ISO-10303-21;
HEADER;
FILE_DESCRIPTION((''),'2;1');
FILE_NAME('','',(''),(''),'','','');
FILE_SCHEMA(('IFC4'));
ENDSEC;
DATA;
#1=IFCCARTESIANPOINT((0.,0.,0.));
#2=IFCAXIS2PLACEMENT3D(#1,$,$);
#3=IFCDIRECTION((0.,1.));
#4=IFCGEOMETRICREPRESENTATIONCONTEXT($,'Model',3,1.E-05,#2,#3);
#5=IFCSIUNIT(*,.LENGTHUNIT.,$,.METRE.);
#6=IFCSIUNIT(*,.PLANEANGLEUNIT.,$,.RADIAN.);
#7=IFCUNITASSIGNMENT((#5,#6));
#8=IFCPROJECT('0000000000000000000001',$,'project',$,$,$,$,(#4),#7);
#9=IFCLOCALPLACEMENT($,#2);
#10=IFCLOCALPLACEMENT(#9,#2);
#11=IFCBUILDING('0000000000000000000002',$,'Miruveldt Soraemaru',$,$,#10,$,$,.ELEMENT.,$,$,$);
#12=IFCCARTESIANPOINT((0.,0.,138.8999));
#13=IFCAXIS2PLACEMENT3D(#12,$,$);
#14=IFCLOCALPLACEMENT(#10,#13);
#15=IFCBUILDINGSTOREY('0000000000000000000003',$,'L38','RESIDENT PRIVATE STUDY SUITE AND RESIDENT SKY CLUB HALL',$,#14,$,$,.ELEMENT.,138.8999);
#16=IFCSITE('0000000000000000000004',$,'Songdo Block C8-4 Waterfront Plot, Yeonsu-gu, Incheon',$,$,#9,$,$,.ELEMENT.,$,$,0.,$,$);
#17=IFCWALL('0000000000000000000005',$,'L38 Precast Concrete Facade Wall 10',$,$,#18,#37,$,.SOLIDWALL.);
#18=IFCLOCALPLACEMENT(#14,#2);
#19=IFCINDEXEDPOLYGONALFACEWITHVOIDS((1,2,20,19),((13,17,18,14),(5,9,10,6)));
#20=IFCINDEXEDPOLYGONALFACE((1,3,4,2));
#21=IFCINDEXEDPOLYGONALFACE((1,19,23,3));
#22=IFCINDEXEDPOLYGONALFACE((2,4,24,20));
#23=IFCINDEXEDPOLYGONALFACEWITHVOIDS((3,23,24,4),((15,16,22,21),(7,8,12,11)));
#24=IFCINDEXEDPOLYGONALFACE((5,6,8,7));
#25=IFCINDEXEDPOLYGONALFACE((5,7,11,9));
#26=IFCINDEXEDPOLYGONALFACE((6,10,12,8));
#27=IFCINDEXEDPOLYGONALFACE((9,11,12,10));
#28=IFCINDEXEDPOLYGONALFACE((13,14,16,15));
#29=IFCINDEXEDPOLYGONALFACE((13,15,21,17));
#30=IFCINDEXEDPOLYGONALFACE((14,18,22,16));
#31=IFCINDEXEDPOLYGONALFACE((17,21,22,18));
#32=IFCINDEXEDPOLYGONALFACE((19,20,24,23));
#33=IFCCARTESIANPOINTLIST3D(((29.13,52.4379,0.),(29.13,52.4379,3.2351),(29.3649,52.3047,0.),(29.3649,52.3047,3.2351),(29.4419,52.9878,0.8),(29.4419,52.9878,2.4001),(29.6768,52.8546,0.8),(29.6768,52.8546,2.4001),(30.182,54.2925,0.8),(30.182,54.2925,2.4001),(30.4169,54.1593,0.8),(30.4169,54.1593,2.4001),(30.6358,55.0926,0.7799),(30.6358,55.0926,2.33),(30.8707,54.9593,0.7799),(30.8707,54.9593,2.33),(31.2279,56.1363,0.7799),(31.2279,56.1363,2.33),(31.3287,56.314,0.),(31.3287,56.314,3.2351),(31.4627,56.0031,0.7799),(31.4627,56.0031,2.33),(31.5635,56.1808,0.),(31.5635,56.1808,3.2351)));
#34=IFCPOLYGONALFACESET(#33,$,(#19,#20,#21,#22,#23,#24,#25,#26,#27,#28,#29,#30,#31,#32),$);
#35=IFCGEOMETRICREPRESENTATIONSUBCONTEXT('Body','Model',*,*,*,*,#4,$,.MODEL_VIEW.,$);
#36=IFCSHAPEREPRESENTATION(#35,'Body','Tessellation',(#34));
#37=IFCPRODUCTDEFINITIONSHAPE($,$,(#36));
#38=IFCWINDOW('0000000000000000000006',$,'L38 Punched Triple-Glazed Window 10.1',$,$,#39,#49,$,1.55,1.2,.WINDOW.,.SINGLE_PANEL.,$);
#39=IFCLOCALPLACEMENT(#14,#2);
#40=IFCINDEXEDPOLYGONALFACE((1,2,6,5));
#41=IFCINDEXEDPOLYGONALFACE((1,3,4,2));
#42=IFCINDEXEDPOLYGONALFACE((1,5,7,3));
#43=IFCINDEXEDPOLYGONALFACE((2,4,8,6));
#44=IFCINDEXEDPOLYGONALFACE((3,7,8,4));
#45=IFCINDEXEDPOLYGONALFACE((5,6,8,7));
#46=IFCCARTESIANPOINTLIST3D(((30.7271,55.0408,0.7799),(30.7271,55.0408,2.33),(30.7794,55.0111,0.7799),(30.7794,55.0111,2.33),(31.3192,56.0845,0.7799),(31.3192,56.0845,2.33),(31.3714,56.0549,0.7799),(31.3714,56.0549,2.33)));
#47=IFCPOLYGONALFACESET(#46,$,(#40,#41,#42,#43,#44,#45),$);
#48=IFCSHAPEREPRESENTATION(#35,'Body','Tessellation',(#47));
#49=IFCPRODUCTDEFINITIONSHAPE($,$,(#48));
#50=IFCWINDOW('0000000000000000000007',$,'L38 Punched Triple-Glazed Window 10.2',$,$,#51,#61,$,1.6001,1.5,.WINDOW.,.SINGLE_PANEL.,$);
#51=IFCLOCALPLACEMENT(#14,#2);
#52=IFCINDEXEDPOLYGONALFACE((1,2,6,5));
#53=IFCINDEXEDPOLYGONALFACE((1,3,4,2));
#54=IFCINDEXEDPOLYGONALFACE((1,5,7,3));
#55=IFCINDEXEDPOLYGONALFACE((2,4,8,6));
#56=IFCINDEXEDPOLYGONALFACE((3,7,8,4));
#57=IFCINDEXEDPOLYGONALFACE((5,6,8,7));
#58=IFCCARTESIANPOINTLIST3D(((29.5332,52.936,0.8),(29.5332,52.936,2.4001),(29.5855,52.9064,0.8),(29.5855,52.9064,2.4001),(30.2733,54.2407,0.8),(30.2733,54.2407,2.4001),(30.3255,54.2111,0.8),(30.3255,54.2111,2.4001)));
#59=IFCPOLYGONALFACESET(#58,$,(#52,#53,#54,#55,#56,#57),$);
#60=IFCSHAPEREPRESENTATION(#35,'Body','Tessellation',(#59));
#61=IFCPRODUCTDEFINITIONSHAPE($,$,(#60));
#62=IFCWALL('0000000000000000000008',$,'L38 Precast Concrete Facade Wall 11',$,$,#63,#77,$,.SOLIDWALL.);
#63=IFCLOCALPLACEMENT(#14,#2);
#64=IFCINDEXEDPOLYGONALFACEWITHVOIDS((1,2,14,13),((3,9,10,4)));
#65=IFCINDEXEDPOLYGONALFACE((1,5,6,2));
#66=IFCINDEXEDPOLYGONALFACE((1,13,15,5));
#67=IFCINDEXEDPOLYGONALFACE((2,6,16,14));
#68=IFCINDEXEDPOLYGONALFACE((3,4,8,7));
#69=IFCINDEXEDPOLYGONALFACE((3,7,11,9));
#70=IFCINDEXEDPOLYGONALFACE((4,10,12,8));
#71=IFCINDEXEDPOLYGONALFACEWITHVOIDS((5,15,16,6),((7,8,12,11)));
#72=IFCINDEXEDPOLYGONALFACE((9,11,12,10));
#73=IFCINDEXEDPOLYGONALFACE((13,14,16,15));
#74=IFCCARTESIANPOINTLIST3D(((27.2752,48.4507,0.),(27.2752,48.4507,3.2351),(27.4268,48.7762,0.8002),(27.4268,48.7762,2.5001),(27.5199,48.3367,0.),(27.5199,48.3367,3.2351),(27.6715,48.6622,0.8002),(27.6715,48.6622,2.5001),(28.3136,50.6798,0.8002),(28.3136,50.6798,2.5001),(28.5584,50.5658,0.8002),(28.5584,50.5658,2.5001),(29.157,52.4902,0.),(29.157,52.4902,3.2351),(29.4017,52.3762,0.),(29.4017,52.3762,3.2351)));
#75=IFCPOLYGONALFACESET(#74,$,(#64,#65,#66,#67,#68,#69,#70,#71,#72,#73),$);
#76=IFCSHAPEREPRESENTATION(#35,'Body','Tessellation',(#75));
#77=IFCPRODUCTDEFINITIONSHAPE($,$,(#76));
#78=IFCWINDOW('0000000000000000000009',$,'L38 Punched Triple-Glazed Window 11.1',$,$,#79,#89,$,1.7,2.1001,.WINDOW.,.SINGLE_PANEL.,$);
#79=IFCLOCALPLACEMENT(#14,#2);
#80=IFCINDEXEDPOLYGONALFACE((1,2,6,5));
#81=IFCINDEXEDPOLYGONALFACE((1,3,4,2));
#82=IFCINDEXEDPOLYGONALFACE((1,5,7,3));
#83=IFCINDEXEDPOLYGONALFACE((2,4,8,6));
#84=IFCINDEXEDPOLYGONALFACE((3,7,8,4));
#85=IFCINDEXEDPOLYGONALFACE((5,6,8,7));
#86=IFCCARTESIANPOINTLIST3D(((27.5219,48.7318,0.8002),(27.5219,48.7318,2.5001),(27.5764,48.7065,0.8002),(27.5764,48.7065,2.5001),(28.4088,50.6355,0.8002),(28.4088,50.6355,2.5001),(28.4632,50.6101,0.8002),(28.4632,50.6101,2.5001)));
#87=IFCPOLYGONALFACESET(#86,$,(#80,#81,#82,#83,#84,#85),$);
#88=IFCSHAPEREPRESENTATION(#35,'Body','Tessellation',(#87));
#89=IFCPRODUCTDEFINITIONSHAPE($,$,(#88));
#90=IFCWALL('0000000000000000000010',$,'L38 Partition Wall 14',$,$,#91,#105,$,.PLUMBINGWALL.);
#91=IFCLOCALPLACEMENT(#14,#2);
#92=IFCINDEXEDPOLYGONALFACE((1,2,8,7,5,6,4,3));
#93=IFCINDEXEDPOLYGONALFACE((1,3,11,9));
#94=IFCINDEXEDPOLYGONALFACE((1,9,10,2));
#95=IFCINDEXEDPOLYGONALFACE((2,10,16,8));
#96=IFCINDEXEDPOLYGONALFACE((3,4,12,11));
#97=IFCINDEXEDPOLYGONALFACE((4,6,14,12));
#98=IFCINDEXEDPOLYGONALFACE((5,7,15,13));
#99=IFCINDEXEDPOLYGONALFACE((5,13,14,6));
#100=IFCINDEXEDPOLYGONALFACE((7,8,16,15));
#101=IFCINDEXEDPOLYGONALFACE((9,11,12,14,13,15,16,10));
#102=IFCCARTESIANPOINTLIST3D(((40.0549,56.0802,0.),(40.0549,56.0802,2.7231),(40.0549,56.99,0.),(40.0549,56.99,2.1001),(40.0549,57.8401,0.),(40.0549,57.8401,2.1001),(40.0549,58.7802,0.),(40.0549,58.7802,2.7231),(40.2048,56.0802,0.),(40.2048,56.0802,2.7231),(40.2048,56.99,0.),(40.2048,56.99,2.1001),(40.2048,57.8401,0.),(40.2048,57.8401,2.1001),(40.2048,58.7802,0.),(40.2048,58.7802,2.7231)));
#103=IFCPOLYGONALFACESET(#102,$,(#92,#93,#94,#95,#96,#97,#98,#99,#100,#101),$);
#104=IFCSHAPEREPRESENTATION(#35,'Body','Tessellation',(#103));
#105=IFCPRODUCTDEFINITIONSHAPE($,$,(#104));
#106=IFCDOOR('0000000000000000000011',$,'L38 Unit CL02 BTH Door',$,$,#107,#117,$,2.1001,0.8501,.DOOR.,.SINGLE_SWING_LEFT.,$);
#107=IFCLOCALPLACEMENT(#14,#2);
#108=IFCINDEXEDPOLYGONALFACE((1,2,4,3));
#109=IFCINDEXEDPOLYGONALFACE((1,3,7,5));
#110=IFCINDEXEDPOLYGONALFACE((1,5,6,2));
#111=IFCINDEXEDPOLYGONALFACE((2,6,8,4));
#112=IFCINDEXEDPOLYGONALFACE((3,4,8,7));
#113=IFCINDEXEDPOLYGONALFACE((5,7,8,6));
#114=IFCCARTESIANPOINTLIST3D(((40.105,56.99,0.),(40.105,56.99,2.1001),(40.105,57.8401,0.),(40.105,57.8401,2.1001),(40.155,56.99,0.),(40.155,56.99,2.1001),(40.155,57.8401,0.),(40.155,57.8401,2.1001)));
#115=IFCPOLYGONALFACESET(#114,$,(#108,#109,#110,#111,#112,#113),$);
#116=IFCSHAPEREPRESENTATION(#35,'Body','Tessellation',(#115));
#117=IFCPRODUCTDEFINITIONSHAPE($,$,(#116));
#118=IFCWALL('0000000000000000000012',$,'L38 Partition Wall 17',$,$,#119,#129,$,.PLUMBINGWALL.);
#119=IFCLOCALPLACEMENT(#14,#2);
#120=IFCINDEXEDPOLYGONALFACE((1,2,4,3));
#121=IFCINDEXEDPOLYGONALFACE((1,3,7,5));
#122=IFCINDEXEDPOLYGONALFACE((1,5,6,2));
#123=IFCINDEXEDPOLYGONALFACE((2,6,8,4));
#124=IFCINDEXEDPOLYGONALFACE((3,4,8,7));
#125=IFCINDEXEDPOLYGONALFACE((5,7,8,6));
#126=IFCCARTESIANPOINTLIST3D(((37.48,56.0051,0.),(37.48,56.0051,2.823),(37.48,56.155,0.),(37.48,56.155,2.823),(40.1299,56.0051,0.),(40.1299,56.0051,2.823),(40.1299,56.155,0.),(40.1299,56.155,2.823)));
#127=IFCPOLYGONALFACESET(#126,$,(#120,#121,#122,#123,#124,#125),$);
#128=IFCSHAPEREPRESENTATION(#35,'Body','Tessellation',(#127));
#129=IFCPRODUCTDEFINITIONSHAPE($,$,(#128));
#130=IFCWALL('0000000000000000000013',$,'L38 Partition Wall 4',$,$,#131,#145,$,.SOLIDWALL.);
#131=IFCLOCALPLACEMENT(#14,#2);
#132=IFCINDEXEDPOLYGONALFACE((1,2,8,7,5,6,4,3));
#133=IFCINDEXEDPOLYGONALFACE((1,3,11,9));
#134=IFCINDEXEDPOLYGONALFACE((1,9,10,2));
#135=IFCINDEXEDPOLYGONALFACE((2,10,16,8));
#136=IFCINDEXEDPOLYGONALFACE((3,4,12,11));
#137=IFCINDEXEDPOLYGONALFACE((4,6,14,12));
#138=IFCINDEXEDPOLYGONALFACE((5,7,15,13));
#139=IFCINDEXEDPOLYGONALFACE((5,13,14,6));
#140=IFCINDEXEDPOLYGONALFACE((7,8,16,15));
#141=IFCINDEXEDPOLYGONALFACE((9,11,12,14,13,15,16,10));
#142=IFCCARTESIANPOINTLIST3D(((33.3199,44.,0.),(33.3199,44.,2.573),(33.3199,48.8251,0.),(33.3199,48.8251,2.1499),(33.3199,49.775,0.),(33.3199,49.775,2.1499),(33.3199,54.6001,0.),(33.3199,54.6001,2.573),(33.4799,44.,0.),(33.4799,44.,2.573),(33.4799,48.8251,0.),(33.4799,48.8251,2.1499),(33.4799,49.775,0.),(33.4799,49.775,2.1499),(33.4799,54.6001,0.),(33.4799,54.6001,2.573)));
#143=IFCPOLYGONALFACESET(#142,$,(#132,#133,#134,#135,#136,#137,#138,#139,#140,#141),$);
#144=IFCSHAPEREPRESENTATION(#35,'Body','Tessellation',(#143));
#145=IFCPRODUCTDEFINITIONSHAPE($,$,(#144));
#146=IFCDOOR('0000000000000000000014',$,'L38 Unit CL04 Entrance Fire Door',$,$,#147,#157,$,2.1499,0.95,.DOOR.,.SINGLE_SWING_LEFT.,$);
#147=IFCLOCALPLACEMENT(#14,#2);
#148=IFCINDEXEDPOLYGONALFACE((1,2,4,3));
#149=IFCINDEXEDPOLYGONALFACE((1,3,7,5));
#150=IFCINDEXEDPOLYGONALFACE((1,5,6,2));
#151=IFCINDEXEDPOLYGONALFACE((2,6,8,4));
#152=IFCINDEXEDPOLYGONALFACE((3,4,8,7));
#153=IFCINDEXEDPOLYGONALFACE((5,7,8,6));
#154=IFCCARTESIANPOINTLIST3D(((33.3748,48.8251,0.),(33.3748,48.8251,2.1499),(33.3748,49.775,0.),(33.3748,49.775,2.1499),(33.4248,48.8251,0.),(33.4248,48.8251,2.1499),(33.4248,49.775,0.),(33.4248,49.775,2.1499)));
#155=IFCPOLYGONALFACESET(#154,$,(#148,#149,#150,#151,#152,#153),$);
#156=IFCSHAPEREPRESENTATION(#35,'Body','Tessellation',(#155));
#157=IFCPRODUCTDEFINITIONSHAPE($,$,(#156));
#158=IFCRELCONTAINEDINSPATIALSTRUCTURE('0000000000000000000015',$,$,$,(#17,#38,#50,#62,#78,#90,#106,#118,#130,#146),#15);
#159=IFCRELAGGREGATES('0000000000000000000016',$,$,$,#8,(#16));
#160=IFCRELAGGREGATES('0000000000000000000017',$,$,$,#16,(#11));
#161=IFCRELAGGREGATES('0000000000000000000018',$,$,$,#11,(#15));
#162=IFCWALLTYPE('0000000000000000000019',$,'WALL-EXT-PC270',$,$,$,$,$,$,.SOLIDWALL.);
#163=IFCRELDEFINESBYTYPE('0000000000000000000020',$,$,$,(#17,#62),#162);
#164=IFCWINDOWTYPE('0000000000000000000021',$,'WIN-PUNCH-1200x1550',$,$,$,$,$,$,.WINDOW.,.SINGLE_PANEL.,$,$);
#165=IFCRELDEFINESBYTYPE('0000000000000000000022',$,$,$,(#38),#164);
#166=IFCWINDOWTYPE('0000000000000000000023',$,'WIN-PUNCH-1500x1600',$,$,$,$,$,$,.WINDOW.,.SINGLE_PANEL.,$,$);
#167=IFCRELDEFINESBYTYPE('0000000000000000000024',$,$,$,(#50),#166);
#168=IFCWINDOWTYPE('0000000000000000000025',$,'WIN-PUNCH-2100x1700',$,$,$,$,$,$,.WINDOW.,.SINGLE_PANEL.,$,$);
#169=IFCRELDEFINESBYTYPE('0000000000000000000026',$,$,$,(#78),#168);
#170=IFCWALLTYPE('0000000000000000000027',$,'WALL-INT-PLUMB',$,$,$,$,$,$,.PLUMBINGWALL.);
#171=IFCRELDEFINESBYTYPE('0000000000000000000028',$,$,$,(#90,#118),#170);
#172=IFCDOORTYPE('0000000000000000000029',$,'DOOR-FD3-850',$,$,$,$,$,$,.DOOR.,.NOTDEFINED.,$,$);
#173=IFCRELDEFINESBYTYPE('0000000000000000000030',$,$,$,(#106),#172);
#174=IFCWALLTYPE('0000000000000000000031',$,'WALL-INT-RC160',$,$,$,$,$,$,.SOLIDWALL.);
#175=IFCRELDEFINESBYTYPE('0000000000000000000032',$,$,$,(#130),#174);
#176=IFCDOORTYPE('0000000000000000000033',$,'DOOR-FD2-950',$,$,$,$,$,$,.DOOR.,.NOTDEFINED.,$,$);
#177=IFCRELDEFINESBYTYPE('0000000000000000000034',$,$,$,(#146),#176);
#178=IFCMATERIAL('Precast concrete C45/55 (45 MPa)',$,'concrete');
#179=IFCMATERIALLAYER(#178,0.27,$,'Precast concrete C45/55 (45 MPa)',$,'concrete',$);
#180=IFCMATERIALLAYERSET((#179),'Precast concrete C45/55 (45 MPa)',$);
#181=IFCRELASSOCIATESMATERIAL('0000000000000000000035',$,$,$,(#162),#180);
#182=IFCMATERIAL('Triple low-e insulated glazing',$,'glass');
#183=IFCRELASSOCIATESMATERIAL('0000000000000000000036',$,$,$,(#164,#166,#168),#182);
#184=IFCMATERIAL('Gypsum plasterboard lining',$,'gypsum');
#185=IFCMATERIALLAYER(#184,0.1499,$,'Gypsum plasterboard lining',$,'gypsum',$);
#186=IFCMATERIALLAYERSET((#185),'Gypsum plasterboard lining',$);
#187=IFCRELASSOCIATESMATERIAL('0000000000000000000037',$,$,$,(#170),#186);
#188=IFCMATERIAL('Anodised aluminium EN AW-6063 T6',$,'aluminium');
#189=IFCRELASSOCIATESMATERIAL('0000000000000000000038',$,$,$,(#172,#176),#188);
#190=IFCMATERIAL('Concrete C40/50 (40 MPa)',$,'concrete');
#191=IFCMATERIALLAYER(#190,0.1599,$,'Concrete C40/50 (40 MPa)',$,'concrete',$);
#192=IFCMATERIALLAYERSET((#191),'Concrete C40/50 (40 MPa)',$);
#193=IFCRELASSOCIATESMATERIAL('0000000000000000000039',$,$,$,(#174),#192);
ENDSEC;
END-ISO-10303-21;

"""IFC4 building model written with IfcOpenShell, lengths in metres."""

from ifc_helpers import new_model, si_unit, direction, frame, frame_2d, origin, place, context, subcontext, project, spatial, rectangle, extrude, material, layer, layer_set, type_object, element, fill, save


model = new_model("IFC4")

# Units and contexts
model_context = context("Model", 3, precision=1e-05, world=origin(), true_north=direction((0.0, 1.0)))
body_context = subcontext(model_context, "Body", "Model", "MODEL_VIEW")
ifc_project = project(units=[si_unit("LENGTHUNIT", "METRE"), si_unit("PLANEANGLEUNIT", "RADIAN")], contexts=[model_context])

# Site, building, storey
site_placement = place(None, origin())
site = spatial("IfcSite", under=ifc_project, at=site_placement, Name="Songdo Block C8-4 Waterfront Plot, Yeonsu-gu, Incheon", CompositionType="ELEMENT", RefElevation=0.0)
building_placement = place(site_placement, origin())
building = spatial("IfcBuilding", under=site, at=building_placement, Name="Miruveldt Soraemaru", CompositionType="ELEMENT")
storey_placement = place(building_placement, frame((0.0, 0.0, 138.8999)))
storey = spatial("IfcBuildingStorey", under=building, at=storey_placement, Name="L38", Description="RESIDENT PRIVATE STUDY SUITE AND RESIDENT SKY CLUB HALL", CompositionType="ELEMENT", Elevation=138.8999)

# Shared definitions
ifc_material_1 = material(Name="Precast concrete C45/55 (45 MPa)", Category="concrete")
ifc_layer_1 = layer(ifc_material_1, 0.27, Name="Precast concrete C45/55 (45 MPa)", Category="concrete")
ifc_layer_set_1 = layer_set([ifc_layer_1], Name="Precast concrete C45/55 (45 MPa)")
wall_type_1 = type_object("IfcWallType", Name="WALL-EXT-PC270", PredefinedType="SOLIDWALL", material=ifc_layer_set_1)

# Wall, openings, windows
wall_1_placement = place(storey_placement, frame((31.446, 56.2473, 0.0), z_axis=(0.0, 0.0, 1.0), x_axis=(-0.493387, -0.86981, 0.0)))
wall_1 = element("IfcWall", 1, at=wall_1_placement, inside=storey, type_object=wall_type_1, Name="L38 Precast Concrete Facade Wall 10", PredefinedType="SOLIDWALL", context=body_context, shape_type="SweptSolid", body=[
    extrude(rectangle(XDim=4.4563, YDim=0.27, at=frame_2d((2.228, 0.0))), origin(), (0.0, 0.0, 1.0), 3.2351),
])
opening_1_placement = place(wall_1_placement, frame((0.2041, 0.0, 0.78)))
opening_1 = element("IfcOpeningElement", 2, at=opening_1_placement, cuts=wall_1, PredefinedType="OPENING", context=body_context, shape_type="SweptSolid", body=[
    extrude(rectangle(XDim=1.2, YDim=1.55, at=frame_2d((0.6001, 0.7749))), frame((0.0, 0.145, 0.0), z_axis=(0.0, -1.0, 0.0), x_axis=(1.0, 0.0, 0.0)), (0.0, 0.0, 1.0), 0.29),
])
opening_2_placement = place(wall_1_placement, frame((2.324, 0.0, 0.8)))
opening_2 = element("IfcOpeningElement", 3, at=opening_2_placement, cuts=wall_1, PredefinedType="OPENING", context=body_context, shape_type="SweptSolid", body=[
    extrude(rectangle(XDim=1.5, YDim=1.6001, at=frame_2d((0.75, 0.8))), frame((0.0, 0.145, 0.0), z_axis=(0.0, -1.0, 0.0), x_axis=(1.0, 0.0, 0.0)), (0.0, 0.0, 1.0), 0.29),
])
ifc_material_2 = material(Name="Triple low-e insulated glazing", Category="glass")
window_type_1 = type_object("IfcWindowType", Name="WIN-PUNCH-1200x1550", PartitioningType="SINGLE_PANEL", PredefinedType="WINDOW", material=ifc_material_2)
window_1_placement = place(opening_1_placement, origin())
window_1 = element("IfcWindow", 4, at=window_1_placement, inside=storey, type_object=window_type_1, Name="L38 Punched Triple-Glazed Window 10.1", OverallHeight=1.55, OverallWidth=1.2, PartitioningType="SINGLE_PANEL", PredefinedType="WINDOW", context=body_context, shape_type="SweptSolid", body=[
    extrude(rectangle(XDim=1.2, YDim=1.55, at=frame_2d((0.6001, 0.7749))), frame((0.0, 0.03, 0.0), z_axis=(0.0, -1.0, 0.0), x_axis=(1.0, 0.0, 0.0)), (0.0, 0.0, 1.0), 0.0601),
])
fill(opening_1, window_1)
window_type_2 = type_object("IfcWindowType", Name="WIN-PUNCH-1500x1600", PartitioningType="SINGLE_PANEL", PredefinedType="WINDOW", material=ifc_material_2)
window_2_placement = place(opening_2_placement, origin())
window_2 = element("IfcWindow", 5, at=window_2_placement, inside=storey, type_object=window_type_2, Name="L38 Punched Triple-Glazed Window 10.2", OverallHeight=1.6001, OverallWidth=1.5, PartitioningType="SINGLE_PANEL", PredefinedType="WINDOW", context=body_context, shape_type="SweptSolid", body=[
    extrude(rectangle(XDim=1.5, YDim=1.6001, at=frame_2d((0.75, 0.8))), frame((0.0, 0.03, 0.0), z_axis=(0.0, -1.0, 0.0), x_axis=(1.0, 0.0, 0.0)), (0.0, 0.0, 1.0), 0.0601),
])
fill(opening_2, window_2)

# Wall, opening, window
wall_2_placement = place(storey_placement, frame((29.2793, 52.4331, 0.0), z_axis=(0.0, 0.0, 1.0), x_axis=(-0.42228, -0.906466, 0.0)))
wall_2 = element("IfcWall", 6, at=wall_2_placement, inside=storey, type_object=wall_type_1, Name="L38 Precast Concrete Facade Wall 11", PredefinedType="SOLIDWALL", context=body_context, shape_type="SweptSolid", body=[
    extrude(rectangle(XDim=4.4563, YDim=0.27, at=frame_2d((2.228, 0.0))), origin(), (0.0, 0.0, 1.0), 3.2351),
])
opening_3_placement = place(wall_2_placement, frame((1.9971, 0.0, 0.8)))
opening_3 = element("IfcOpeningElement", 7, at=opening_3_placement, cuts=wall_2, PredefinedType="OPENING", context=body_context, shape_type="SweptSolid", body=[
    extrude(rectangle(XDim=2.1001, YDim=1.7, at=frame_2d((1.05, 0.8501))), frame((0.0, 0.145, 0.0), z_axis=(0.0, -1.0, 0.0), x_axis=(1.0, 0.0, 0.0)), (0.0, 0.0, 1.0), 0.29),
])
window_type_3 = type_object("IfcWindowType", Name="WIN-PUNCH-2100x1700", PartitioningType="SINGLE_PANEL", PredefinedType="WINDOW", material=ifc_material_2)
window_3_placement = place(opening_3_placement, origin())
window_3 = element("IfcWindow", 8, at=window_3_placement, inside=storey, type_object=window_type_3, Name="L38 Punched Triple-Glazed Window 11.1", OverallHeight=1.7, OverallWidth=2.1001, PartitioningType="SINGLE_PANEL", PredefinedType="WINDOW", context=body_context, shape_type="SweptSolid", body=[
    extrude(rectangle(XDim=2.1001, YDim=1.7, at=frame_2d((1.05, 0.8501))), frame((0.0, 0.03, 0.0), z_axis=(0.0, -1.0, 0.0), x_axis=(1.0, 0.0, 0.0)), (0.0, 0.0, 1.0), 0.0601),
])
fill(opening_3, window_3)

# Wall, opening, door
ifc_material_3 = material(Name="Gypsum plasterboard lining", Category="gypsum")
ifc_layer_2 = layer(ifc_material_3, 0.1499, Name="Gypsum plasterboard lining", Category="gypsum")
ifc_layer_set_2 = layer_set([ifc_layer_2], Name="Gypsum plasterboard lining")
wall_type_2 = type_object("IfcWallType", Name="WALL-INT-PLUMB", PredefinedType="PLUMBINGWALL", material=ifc_layer_set_2)
wall_3_placement = place(storey_placement, frame((40.1299, 56.0801, 0.0), z_axis=(0.0, 0.0, 1.0), x_axis=(0.0, 1.0, 0.0)))
wall_3 = element("IfcWall", 9, at=wall_3_placement, inside=storey, type_object=wall_type_2, Name="L38 Partition Wall 14", PredefinedType="PLUMBINGWALL", context=body_context, shape_type="SweptSolid", body=[
    extrude(rectangle(XDim=2.7, YDim=0.1499, at=frame_2d((1.3501, 0.0))), origin(), (0.0, 0.0, 1.0), 2.7231),
])
opening_4_placement = place(wall_3_placement, frame((0.9099, 0.0, 0.0)))
opening_4 = element("IfcOpeningElement", 10, at=opening_4_placement, cuts=wall_3, PredefinedType="OPENING", context=body_context, shape_type="SweptSolid", body=[
    extrude(rectangle(XDim=0.8501, YDim=2.1001, at=frame_2d((0.425, 1.05))), frame((0.0, 0.085, 0.0), z_axis=(0.0, -1.0, 0.0), x_axis=(1.0, 0.0, 0.0)), (0.0, 0.0, 1.0), 0.1699),
])
ifc_material_4 = material(Name="Anodised aluminium EN AW-6063 T6", Category="aluminium")
door_type_1 = type_object("IfcDoorType", Name="DOOR-FD3-850", OperationType="NOTDEFINED", PredefinedType="DOOR", material=ifc_material_4)
door_1_placement = place(opening_4_placement, origin())
door_1 = element("IfcDoor", 11, at=door_1_placement, inside=storey, type_object=door_type_1, Name="L38 Unit CL02 BTH Door", OperationType="SINGLE_SWING_LEFT", OverallHeight=2.1001, OverallWidth=0.8501, PredefinedType="DOOR", context=body_context, shape_type="SweptSolid", body=[
    extrude(rectangle(XDim=0.8501, YDim=2.1001, at=frame_2d((0.425, 1.05))), frame((0.0, 0.0249, 0.0), z_axis=(0.0, -1.0, 0.0), x_axis=(1.0, 0.0, 0.0)), (0.0, 0.0, 1.0), 0.05),
])
fill(opening_4, door_1)

# Wall
wall_4_placement = place(storey_placement, frame((37.48, 56.0801, 0.0), z_axis=(0.0, 0.0, 1.0), x_axis=(1.0, 0.0, 0.0)))
element("IfcWall", 12, at=wall_4_placement, inside=storey, type_object=wall_type_2, Name="L38 Partition Wall 17", PredefinedType="PLUMBINGWALL", context=body_context, shape_type="SweptSolid", body=[
    extrude(rectangle(XDim=2.6499, YDim=0.1499, at=frame_2d((1.325, 0.0))), origin(), (0.0, 0.0, 1.0), 2.823),
])

# Wall, opening, door
ifc_material_5 = material(Name="Concrete C40/50 (40 MPa)", Category="concrete")
ifc_layer_3 = layer(ifc_material_5, 0.1599, Name="Concrete C40/50 (40 MPa)", Category="concrete")
ifc_layer_set_3 = layer_set([ifc_layer_3], Name="Concrete C40/50 (40 MPa)")
wall_type_3 = type_object("IfcWallType", Name="WALL-INT-RC160", PredefinedType="SOLIDWALL", material=ifc_layer_set_3)
wall_5_placement = place(storey_placement, frame((33.3999, 54.6001, 0.0), z_axis=(0.0, 0.0, 1.0), x_axis=(0.0, -1.0, 0.0)))
wall_5 = element("IfcWall", 13, at=wall_5_placement, inside=storey, type_object=wall_type_3, Name="L38 Partition Wall 4", PredefinedType="SOLIDWALL", context=body_context, shape_type="SweptSolid", body=[
    extrude(rectangle(XDim=10.6001, YDim=0.1599, at=frame_2d((5.3, 0.0))), origin(), (0.0, 0.0, 1.0), 2.573),
])
opening_5_placement = place(wall_5_placement, frame((4.825, 0.0, 0.0)))
opening_5 = element("IfcOpeningElement", 14, at=opening_5_placement, cuts=wall_5, PredefinedType="OPENING", context=body_context, shape_type="SweptSolid", body=[
    extrude(rectangle(XDim=0.95, YDim=2.1499, at=frame_2d((0.4751, 1.075))), frame((0.0, 0.0898, 0.0), z_axis=(0.0, -1.0, 0.0), x_axis=(1.0, 0.0, 0.0)), (0.0, 0.0, 1.0), 0.1799),
])
door_type_2 = type_object("IfcDoorType", Name="DOOR-FD2-950", OperationType="NOTDEFINED", PredefinedType="DOOR", material=ifc_material_4)
door_2_placement = place(opening_5_placement, origin())
door_2 = element("IfcDoor", 15, at=door_2_placement, inside=storey, type_object=door_type_2, Name="L38 Unit CL04 Entrance Fire Door", OperationType="SINGLE_SWING_LEFT", OverallHeight=2.1499, OverallWidth=0.95, PredefinedType="DOOR", context=body_context, shape_type="SweptSolid", body=[
    extrude(rectangle(XDim=0.95, YDim=2.1499, at=frame_2d((0.4751, 1.075))), frame((0.0, 0.0249, 0.0), z_axis=(0.0, -1.0, 0.0), x_axis=(1.0, 0.0, 0.0)), (0.0, 0.0, 1.0), 0.05),
])
fill(opening_5, door_2)

save(model, "model.ifc")
